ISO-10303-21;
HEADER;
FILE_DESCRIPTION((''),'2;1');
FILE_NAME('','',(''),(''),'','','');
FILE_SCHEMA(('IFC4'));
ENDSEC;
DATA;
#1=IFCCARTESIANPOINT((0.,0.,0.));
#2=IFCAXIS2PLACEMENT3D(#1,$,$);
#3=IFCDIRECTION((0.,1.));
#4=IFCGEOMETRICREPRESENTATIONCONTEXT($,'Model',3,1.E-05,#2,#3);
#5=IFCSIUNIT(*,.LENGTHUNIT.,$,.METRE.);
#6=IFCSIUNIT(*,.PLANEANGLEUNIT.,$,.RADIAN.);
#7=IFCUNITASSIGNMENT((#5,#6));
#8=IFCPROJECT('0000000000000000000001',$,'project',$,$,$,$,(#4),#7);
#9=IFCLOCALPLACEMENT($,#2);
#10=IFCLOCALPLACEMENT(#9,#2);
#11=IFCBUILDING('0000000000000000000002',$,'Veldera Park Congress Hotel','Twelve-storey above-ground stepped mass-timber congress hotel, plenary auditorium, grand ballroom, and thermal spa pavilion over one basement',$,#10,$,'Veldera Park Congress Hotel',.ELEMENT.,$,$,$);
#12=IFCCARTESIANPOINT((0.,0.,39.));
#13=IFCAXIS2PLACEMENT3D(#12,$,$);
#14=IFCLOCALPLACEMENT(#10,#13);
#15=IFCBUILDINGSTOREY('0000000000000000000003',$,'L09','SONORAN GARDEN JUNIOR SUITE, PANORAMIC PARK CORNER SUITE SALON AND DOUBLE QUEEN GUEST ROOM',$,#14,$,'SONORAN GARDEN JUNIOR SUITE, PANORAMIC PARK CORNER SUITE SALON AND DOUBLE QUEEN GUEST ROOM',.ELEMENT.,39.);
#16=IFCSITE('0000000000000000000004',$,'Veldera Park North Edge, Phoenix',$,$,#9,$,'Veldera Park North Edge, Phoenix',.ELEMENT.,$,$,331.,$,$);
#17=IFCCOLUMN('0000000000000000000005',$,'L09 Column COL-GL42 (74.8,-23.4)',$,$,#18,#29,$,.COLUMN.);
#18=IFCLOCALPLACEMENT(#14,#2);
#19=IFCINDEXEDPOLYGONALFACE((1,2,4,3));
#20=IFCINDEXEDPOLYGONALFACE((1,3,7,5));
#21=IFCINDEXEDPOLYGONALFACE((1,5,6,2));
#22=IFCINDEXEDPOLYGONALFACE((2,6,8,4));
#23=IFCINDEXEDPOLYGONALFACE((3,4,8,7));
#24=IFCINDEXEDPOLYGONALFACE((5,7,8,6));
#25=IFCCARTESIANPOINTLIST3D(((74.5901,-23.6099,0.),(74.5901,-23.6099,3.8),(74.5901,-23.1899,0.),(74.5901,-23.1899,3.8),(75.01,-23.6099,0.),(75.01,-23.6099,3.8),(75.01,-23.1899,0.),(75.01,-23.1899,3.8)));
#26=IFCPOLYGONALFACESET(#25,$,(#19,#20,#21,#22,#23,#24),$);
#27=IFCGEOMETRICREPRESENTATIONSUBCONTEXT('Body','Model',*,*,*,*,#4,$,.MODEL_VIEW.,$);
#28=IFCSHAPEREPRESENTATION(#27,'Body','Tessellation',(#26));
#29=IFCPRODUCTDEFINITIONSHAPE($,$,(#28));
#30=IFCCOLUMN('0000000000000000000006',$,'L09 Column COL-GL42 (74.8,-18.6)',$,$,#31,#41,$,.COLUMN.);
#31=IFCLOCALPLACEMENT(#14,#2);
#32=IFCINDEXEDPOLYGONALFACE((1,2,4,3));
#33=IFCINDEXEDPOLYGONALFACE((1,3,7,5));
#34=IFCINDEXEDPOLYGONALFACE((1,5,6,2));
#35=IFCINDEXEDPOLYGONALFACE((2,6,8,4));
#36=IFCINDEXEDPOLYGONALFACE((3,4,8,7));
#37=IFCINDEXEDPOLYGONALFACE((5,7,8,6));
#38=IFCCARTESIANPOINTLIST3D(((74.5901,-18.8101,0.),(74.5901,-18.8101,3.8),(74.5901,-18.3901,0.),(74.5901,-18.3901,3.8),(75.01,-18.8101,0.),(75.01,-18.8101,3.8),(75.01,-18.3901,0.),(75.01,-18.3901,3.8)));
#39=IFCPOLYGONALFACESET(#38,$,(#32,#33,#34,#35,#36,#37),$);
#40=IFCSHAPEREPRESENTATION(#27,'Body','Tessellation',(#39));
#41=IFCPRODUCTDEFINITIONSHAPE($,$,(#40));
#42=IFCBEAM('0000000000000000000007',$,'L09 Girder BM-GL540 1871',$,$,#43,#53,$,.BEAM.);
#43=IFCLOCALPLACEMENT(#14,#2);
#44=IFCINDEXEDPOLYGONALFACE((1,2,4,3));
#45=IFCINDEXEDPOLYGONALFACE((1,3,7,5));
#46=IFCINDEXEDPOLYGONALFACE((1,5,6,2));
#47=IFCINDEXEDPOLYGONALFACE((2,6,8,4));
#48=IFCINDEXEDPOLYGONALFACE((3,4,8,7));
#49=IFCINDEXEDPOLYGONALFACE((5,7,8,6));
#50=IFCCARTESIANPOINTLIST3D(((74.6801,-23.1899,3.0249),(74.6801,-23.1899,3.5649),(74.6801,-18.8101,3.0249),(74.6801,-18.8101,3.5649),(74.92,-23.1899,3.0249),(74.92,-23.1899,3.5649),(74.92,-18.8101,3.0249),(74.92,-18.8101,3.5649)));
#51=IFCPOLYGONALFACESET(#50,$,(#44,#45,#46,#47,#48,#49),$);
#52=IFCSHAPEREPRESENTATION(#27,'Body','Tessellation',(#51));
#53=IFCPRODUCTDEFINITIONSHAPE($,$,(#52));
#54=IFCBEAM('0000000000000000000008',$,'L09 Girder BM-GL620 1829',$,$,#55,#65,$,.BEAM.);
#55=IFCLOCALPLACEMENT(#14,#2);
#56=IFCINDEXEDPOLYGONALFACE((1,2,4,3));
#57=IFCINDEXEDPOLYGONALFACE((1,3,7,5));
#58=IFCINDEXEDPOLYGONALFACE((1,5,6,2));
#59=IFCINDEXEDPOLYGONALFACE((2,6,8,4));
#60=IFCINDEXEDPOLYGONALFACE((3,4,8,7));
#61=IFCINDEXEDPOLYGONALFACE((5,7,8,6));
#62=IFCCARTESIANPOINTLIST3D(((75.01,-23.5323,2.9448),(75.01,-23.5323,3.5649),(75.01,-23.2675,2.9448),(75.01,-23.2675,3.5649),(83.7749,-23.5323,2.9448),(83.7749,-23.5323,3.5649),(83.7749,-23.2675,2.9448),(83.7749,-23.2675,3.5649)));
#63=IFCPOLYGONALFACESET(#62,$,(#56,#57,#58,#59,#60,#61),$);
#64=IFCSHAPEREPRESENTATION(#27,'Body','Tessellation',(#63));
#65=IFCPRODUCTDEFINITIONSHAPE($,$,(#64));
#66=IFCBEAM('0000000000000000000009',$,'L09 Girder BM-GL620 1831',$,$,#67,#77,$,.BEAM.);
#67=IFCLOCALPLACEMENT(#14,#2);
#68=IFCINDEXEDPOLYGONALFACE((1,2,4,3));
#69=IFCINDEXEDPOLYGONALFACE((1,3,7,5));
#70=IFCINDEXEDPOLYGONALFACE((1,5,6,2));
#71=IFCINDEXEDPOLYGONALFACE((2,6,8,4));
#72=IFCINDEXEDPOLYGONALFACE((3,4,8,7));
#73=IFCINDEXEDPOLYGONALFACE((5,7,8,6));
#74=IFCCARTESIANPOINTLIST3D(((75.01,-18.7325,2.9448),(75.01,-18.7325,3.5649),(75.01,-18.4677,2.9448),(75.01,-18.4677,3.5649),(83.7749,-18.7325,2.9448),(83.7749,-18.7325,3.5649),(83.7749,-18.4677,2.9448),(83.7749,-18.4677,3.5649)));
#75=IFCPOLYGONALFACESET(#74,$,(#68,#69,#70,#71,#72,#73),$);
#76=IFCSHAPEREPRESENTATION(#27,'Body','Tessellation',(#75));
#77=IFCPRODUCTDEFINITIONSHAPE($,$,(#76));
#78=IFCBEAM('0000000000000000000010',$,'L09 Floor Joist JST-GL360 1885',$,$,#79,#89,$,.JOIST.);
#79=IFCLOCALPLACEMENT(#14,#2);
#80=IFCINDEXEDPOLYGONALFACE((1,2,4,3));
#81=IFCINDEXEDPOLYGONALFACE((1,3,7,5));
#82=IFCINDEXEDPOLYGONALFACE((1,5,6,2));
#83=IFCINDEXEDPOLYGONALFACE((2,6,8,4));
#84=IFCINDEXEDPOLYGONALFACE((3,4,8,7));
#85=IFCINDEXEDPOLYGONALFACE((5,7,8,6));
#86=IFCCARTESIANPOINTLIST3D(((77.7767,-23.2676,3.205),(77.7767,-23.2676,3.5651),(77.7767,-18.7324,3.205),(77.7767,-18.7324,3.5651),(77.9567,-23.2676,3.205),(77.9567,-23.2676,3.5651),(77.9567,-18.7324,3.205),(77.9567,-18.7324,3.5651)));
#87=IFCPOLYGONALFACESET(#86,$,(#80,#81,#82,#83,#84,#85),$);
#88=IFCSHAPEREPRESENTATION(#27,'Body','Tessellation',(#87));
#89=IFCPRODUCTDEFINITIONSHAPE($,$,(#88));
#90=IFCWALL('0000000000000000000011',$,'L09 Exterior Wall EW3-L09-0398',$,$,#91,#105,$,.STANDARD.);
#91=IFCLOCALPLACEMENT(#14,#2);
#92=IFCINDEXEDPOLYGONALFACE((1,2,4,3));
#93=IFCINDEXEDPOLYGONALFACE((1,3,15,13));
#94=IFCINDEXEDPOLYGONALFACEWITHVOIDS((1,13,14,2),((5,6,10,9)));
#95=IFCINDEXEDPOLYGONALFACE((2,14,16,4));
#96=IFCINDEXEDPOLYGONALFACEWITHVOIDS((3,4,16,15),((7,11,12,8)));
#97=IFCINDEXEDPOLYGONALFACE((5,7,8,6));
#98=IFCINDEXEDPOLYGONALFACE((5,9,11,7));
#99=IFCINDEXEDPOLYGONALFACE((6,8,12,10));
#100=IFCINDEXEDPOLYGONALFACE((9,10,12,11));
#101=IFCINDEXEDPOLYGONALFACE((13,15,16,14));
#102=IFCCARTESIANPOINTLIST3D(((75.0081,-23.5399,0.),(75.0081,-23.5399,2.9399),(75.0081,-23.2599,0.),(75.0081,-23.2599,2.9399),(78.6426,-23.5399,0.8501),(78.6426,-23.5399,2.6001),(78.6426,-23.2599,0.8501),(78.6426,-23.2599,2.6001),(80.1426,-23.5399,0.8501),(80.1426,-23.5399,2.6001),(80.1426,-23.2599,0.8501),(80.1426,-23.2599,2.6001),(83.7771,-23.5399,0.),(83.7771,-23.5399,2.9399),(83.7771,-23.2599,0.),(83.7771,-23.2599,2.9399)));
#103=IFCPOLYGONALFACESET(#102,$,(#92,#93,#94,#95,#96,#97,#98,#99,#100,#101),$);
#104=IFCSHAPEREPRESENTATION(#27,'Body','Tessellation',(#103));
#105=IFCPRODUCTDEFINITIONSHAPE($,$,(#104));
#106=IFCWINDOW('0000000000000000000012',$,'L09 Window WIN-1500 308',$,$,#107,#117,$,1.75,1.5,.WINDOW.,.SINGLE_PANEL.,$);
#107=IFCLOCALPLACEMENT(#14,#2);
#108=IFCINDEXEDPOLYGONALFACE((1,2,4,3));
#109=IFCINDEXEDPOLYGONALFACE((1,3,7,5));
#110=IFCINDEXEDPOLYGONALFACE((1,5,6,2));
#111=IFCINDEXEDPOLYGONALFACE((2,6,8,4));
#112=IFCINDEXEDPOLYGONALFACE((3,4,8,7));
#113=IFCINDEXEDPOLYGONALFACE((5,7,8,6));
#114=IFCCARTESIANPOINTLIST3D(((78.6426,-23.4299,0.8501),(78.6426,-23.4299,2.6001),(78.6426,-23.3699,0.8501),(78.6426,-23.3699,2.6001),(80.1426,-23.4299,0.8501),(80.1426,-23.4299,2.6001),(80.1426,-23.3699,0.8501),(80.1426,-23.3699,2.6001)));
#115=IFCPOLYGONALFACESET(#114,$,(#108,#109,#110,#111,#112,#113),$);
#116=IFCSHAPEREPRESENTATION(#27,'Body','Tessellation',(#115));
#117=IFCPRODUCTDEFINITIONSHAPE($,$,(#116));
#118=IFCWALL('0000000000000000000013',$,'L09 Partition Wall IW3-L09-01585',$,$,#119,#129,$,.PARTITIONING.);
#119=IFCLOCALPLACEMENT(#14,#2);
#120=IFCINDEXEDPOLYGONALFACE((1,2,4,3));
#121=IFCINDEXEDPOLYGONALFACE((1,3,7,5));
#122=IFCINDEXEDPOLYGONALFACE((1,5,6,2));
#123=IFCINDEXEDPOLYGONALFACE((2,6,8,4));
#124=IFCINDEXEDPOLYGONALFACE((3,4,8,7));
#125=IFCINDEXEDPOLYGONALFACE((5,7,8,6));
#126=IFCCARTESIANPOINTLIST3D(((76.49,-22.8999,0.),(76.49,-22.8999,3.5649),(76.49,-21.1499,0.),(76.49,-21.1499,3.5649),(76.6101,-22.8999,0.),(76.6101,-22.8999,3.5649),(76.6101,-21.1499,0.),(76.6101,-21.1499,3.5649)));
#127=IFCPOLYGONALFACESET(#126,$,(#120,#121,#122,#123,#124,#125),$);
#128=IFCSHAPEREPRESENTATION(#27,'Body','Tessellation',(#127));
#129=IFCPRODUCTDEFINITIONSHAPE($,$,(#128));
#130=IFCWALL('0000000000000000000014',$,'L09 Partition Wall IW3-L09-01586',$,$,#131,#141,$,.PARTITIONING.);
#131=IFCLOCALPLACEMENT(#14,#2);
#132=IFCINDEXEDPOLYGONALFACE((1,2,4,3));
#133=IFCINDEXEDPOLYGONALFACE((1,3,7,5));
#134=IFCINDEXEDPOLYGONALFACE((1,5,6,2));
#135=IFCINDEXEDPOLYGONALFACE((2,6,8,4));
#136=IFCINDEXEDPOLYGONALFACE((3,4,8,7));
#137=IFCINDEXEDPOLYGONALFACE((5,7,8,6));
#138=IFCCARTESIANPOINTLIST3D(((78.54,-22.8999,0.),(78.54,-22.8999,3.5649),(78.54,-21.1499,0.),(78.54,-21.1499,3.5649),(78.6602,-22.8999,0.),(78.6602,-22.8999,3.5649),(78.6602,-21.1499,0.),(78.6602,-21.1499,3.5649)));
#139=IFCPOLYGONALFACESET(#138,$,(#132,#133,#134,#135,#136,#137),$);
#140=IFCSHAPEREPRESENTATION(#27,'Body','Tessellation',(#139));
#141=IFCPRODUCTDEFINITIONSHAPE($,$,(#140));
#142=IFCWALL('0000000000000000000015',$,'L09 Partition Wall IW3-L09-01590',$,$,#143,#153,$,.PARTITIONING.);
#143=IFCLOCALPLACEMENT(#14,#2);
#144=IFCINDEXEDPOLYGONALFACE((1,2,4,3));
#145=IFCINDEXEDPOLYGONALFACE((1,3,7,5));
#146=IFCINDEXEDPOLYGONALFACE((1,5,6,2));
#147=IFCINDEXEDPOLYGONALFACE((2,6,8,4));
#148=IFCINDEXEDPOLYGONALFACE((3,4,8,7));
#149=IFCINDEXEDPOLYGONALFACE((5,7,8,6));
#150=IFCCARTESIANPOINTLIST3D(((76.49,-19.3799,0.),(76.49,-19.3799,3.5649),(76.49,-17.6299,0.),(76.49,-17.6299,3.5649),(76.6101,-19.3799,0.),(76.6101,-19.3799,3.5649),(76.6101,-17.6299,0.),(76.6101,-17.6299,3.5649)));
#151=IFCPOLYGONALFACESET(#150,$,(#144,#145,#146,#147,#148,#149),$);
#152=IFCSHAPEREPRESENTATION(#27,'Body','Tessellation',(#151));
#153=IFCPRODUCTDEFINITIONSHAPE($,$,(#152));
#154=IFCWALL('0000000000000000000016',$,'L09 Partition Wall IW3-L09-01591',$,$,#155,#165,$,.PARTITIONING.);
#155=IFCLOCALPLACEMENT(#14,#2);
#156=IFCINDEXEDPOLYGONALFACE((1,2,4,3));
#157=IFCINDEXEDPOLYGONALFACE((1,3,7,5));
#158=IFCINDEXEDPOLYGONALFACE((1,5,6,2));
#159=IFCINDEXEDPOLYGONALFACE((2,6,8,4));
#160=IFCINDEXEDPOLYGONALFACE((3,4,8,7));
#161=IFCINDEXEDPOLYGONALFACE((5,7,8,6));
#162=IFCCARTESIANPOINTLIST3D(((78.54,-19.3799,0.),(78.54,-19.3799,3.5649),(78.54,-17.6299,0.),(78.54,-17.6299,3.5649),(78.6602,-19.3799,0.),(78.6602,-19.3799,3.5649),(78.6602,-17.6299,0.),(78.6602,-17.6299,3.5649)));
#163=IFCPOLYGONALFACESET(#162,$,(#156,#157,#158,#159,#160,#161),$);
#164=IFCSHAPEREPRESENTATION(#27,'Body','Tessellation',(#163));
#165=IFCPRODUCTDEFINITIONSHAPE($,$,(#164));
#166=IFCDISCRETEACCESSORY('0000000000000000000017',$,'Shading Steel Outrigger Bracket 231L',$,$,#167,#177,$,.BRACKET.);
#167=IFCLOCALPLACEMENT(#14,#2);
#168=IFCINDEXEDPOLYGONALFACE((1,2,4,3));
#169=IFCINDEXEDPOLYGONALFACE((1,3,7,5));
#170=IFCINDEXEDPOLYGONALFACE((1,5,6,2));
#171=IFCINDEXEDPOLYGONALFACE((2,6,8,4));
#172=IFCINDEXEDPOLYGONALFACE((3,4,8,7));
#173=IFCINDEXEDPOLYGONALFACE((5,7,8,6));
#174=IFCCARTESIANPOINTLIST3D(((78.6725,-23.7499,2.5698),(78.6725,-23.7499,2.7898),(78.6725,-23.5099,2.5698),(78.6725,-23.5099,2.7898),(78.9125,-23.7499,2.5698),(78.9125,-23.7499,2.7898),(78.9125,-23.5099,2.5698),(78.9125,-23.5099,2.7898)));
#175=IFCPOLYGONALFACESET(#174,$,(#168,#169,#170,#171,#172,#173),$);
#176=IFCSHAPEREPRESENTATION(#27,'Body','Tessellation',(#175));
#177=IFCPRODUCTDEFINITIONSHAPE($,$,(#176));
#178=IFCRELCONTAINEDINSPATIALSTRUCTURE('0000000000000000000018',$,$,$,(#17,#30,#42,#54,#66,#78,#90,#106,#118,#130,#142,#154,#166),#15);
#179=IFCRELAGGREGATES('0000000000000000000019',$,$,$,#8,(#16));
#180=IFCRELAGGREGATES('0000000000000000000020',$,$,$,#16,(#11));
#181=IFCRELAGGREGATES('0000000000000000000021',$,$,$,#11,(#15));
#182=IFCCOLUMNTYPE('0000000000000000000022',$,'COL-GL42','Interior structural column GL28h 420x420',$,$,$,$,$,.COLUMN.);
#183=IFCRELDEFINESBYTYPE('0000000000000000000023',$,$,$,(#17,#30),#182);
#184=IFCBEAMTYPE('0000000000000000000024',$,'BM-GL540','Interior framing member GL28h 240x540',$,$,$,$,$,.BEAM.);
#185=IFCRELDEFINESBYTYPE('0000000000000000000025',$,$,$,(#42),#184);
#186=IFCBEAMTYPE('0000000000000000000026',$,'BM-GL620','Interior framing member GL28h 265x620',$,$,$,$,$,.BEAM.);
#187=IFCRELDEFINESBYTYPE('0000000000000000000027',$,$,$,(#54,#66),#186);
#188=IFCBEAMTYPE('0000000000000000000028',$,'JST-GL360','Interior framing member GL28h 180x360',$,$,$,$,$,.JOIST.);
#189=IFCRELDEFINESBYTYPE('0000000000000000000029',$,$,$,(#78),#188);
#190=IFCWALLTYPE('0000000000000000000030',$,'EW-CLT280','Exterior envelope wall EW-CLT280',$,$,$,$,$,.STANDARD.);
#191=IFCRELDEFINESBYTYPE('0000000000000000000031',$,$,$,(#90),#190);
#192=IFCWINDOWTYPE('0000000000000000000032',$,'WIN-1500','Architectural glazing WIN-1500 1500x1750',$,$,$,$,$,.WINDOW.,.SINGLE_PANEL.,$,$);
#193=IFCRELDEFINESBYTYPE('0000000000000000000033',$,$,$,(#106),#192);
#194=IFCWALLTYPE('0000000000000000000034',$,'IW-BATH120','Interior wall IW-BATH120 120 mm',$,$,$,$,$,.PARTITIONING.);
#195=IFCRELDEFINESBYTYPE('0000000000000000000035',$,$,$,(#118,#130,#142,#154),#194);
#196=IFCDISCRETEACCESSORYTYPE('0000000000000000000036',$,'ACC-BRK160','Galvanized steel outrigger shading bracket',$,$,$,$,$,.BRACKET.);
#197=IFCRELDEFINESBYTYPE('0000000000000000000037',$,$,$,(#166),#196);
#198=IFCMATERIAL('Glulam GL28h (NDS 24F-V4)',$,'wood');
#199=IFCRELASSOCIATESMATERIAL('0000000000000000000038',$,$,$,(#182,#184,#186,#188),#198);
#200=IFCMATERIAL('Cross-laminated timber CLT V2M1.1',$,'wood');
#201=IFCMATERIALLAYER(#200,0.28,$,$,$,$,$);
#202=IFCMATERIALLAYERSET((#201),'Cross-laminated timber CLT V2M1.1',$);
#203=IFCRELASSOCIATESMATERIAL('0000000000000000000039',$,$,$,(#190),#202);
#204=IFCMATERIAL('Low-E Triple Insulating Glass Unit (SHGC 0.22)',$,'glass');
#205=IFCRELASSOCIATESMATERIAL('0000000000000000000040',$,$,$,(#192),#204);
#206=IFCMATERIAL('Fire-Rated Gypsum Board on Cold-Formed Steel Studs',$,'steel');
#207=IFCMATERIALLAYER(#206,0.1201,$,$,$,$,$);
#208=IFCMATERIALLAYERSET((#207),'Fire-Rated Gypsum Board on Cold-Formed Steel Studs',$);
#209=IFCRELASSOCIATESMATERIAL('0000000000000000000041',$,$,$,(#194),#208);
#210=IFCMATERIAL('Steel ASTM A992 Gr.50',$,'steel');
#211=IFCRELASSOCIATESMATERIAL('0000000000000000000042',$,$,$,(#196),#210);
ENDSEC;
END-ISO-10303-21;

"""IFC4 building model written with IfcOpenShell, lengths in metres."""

from ifc_helpers import new_model, si_unit, direction, frame, frame_2d, origin, origin_2d, place, context, subcontext, project, spatial, rectangle, extrude, material, layer, layer_set, material_profile, profile_set, type_object, element, fill, save


model = new_model("IFC4")

# Units and contexts
model_context = context("Model", 3, precision=1e-05, world=origin(), true_north=direction((0.0, 1.0)))
body_context = subcontext(model_context, "Body", "Model", "MODEL_VIEW")
ifc_project = project(units=[si_unit("LENGTHUNIT", "METRE"), si_unit("PLANEANGLEUNIT", "RADIAN")], contexts=[model_context])

# Site, building, storey
site_placement = place(None, origin())
site = spatial("IfcSite", under=ifc_project, at=site_placement, Name="Veldera Park North Edge, Phoenix", LongName="Veldera Park North Edge, Phoenix", CompositionType="ELEMENT", RefElevation=331.0)
building_placement = place(site_placement, origin())
building = spatial("IfcBuilding", under=site, at=building_placement, Name="Veldera Park Congress Hotel", Description="Twelve-storey above-ground stepped mass-timber congress hotel, plenary auditorium, grand ballroom, and thermal spa pavilion over one basement", LongName="Veldera Park Congress Hotel", CompositionType="ELEMENT")
storey_placement = place(building_placement, frame((0.0, 0.0, 39.0)))
storey = spatial("IfcBuildingStorey", under=building, at=storey_placement, Name="L09", Description="SONORAN GARDEN JUNIOR SUITE, PANORAMIC PARK CORNER SUITE SALON AND DOUBLE QUEEN GUEST ROOM", LongName="SONORAN GARDEN JUNIOR SUITE, PANORAMIC PARK CORNER SUITE SALON AND DOUBLE QUEEN GUEST ROOM", CompositionType="ELEMENT", Elevation=39.0)

# Columns
ifc_material_1 = material(Name="Glulam GL28h (NDS 24F-V4)", Category="wood")
ifc_material_profile_1 = material_profile(ifc_material_1, rectangle(XDim=0.4199, YDim=0.4199, at=origin_2d()), Name="GL28h 420x420")
ifc_profile_set_1 = profile_set([ifc_material_profile_1], Name="Glulam GL28h (NDS 24F-V4)")
column_type = type_object("IfcColumnType", Name="COL-GL42", Description="Interior structural column GL28h 420x420", PredefinedType="COLUMN", material=ifc_profile_set_1)
for number, where, z_axis, x_axis, name in (
    (1, (74.8, -23.3999, 0.0), (0.0, 0.0, 1.0), (1.0, 0.0, 0.0), "L09 Column COL-GL42 (74.8,-23.4)"),
    (2, (74.8, -18.6001, 0.0), (0.0, 0.0, 1.0), (1.0, 0.0, 0.0), "L09 Column COL-GL42 (74.8,-18.6)"),
):
    element("IfcColumn", number, at=place(storey_placement, frame(where, z_axis=z_axis, x_axis=x_axis)), inside=storey, type_object=column_type, Name=name, PredefinedType="COLUMN", context=body_context, shape_type="SweptSolid", body=[
        extrude(rectangle(XDim=0.4199, YDim=0.4199, at=origin_2d()), origin(), (0.0, 0.0, 1.0), 3.8),
    ])

# Beams
ifc_material_profile_2 = material_profile(ifc_material_1, rectangle(XDim=0.24, YDim=0.54, at=origin_2d()), Name="GL28h 240x540")
ifc_profile_set_2 = profile_set([ifc_material_profile_2], Name="Glulam GL28h (NDS 24F-V4)")
beam_type_1 = type_object("IfcBeamType", Name="BM-GL540", Description="Interior framing member GL28h 240x540", PredefinedType="BEAM", material=ifc_profile_set_2)
beam_1_placement = place(storey_placement, frame((74.8, -23.1899, 3.2949), z_axis=(0.0, 1.0, 0.0), x_axis=(-1.0, 0.0, 0.0)))
element("IfcBeam", 3, at=beam_1_placement, inside=storey, type_object=beam_type_1, Name="L09 Girder BM-GL540 1871", PredefinedType="BEAM", context=body_context, shape_type="SweptSolid", body=[
    extrude(rectangle(XDim=0.24, YDim=0.54, at=origin_2d()), origin(), (0.0, 0.0, 1.0), 4.3799),
])
ifc_material_profile_3 = material_profile(ifc_material_1, rectangle(XDim=0.2649, YDim=0.6201, at=origin_2d()), Name="GL28h 265x620")
ifc_profile_set_3 = profile_set([ifc_material_profile_3], Name="Glulam GL28h (NDS 24F-V4)")
beam_type_2 = type_object("IfcBeamType", Name="BM-GL620", Description="Interior framing member GL28h 265x620", PredefinedType="BEAM", material=ifc_profile_set_3)
for number, where, z_axis, x_axis, name in (
    (4, (75.01, -23.3999, 3.2549), (1.0, 0.0, 0.0), (0.0, 1.0, 0.0), "L09 Girder BM-GL620 1829"),
    (5, (75.01, -18.6001, 3.2549), (1.0, 0.0, 0.0), (0.0, 1.0, 0.0), "L09 Girder BM-GL620 1831"),
):
    element("IfcBeam", number, at=place(storey_placement, frame(where, z_axis=z_axis, x_axis=x_axis)), inside=storey, type_object=beam_type_2, Name=name, PredefinedType="BEAM", context=body_context, shape_type="SweptSolid", body=[
        extrude(rectangle(XDim=0.2649, YDim=0.6201, at=origin_2d()), origin(), (0.0, 0.0, 1.0), 8.7649),
    ])
ifc_material_profile_4 = material_profile(ifc_material_1, rectangle(XDim=0.1799, YDim=0.3601, at=origin_2d()), Name="GL28h 180x360")
ifc_profile_set_4 = profile_set([ifc_material_profile_4], Name="Glulam GL28h (NDS 24F-V4)")
beam_type_3 = type_object("IfcBeamType", Name="JST-GL360", Description="Interior framing member GL28h 180x360", PredefinedType="JOIST", material=ifc_profile_set_4)
beam_2_placement = place(storey_placement, frame((77.8667, -23.2676, 3.385), z_axis=(0.0, 1.0, 0.0), x_axis=(-1.0, 0.0, 0.0)))
element("IfcBeam", 6, at=beam_2_placement, inside=storey, type_object=beam_type_3, Name="L09 Floor Joist JST-GL360 1885", PredefinedType="JOIST", context=body_context, shape_type="SweptSolid", body=[
    extrude(rectangle(XDim=0.1799, YDim=0.3601, at=origin_2d()), origin(), (0.0, 0.0, 1.0), 4.5352),
])

# Wall, opening, window
ifc_material_2 = material(Name="Cross-laminated timber CLT V2M1.1", Category="wood")
ifc_layer_1 = layer(ifc_material_2, 0.28)
ifc_layer_set_1 = layer_set([ifc_layer_1], Name="Cross-laminated timber CLT V2M1.1")
wall_type_1 = type_object("IfcWallType", Name="EW-CLT280", Description="Exterior envelope wall EW-CLT280", PredefinedType="STANDARD", material=ifc_layer_set_1)
wall_1_placement = place(storey_placement, frame((75.0081, -23.3999, 0.0), z_axis=(0.0, 0.0, 1.0), x_axis=(1.0, 0.0, 0.0)))
wall_1 = element("IfcWall", 7, at=wall_1_placement, inside=storey, type_object=wall_type_1, Name="L09 Exterior Wall EW3-L09-0398", PredefinedType="STANDARD", context=body_context, shape_type="SweptSolid", body=[
    extrude(rectangle(XDim=8.769, YDim=0.28, at=frame_2d((4.3845, 0.0))), origin(), (0.0, 0.0, 1.0), 2.9399),
])
opening_1_placement = place(wall_1_placement, frame((3.6345, 0.0, 0.8501)))
opening_1 = element("IfcOpeningElement", 8, at=opening_1_placement, cuts=wall_1, PredefinedType="OPENING", context=body_context, shape_type="SweptSolid", body=[
    extrude(rectangle(XDim=1.5, YDim=1.75, at=frame_2d((0.75, 0.875))), frame((0.0, 0.1521, 0.0), z_axis=(0.0, -1.0, 0.0), x_axis=(1.0, 0.0, 0.0)), (0.0, 0.0, 1.0), 0.304),
])
ifc_material_3 = material(Name="Low-E Triple Insulating Glass Unit (SHGC 0.22)", Category="glass")
window_type = type_object("IfcWindowType", Name="WIN-1500", Description="Architectural glazing WIN-1500 1500x1750", PartitioningType="SINGLE_PANEL", PredefinedType="WINDOW", material=ifc_material_3)
window_placement = place(opening_1_placement, origin())
window = element("IfcWindow", 9, at=window_placement, inside=storey, type_object=window_type, Name="L09 Window WIN-1500 308", OverallHeight=1.75, OverallWidth=1.5, PartitioningType="SINGLE_PANEL", PredefinedType="WINDOW", context=body_context, shape_type="SweptSolid", body=[
    extrude(rectangle(XDim=1.5, YDim=1.75, at=frame_2d((0.75, 0.875))), frame((0.0, 0.03, 0.0), z_axis=(0.0, -1.0, 0.0), x_axis=(1.0, 0.0, 0.0)), (0.0, 0.0, 1.0), 0.0601),
])
fill(opening_1, window)

# Walls
ifc_material_4 = material(Name="Fire-Rated Gypsum Board on Cold-Formed Steel Studs", Category="steel")
ifc_layer_2 = layer(ifc_material_4, 0.1201)
ifc_layer_set_2 = layer_set([ifc_layer_2], Name="Fire-Rated Gypsum Board on Cold-Formed Steel Studs")
wall_type_2 = type_object("IfcWallType", Name="IW-BATH120", Description="Interior wall IW-BATH120 120 mm", PredefinedType="PARTITIONING", material=ifc_layer_set_2)
for number, where, z_axis, x_axis, name in (
    (10, (76.55, -22.8999, 0.0), (0.0, 0.0, 1.0), (0.0, 1.0, 0.0), "L09 Partition Wall IW3-L09-01585"),
    (11, (78.6001, -22.8999, 0.0), (0.0, 0.0, 1.0), (0.0, 1.0, 0.0), "L09 Partition Wall IW3-L09-01586"),
):
    element("IfcWall", number, at=place(storey_placement, frame(where, z_axis=z_axis, x_axis=x_axis)), inside=storey, type_object=wall_type_2, Name=name, PredefinedType="PARTITIONING", context=body_context, shape_type="SweptSolid", body=[
        extrude(rectangle(XDim=1.75, YDim=0.1201, at=frame_2d((0.875, 0.0))), origin(), (0.0, 0.0, 1.0), 3.5649),
    ])

# Walls
for number, where, z_axis, x_axis, name in (
    (12, (76.55, -19.3799, 0.0), (0.0, 0.0, 1.0), (0.0, 1.0, 0.0), "L09 Partition Wall IW3-L09-01590"),
    (13, (78.6001, -19.3799, 0.0), (0.0, 0.0, 1.0), (0.0, 1.0, 0.0), "L09 Partition Wall IW3-L09-01591"),
):
    element("IfcWall", number, at=place(storey_placement, frame(where, z_axis=z_axis, x_axis=x_axis)), inside=storey, type_object=wall_type_2, Name=name, PredefinedType="PARTITIONING", context=body_context, shape_type="SweptSolid", body=[
        extrude(rectangle(XDim=1.75, YDim=0.1201, at=frame_2d((0.875, 0.0))), origin(), (0.0, 0.0, 1.0), 3.5649),
    ])

# Discrete accessory
ifc_material_5 = material(Name="Steel ASTM A992 Gr.50", Category="steel")
discrete_accessory_type = type_object("IfcDiscreteAccessoryType", Name="ACC-BRK160", Description="Galvanized steel outrigger shading bracket", PredefinedType="BRACKET", material=ifc_material_5)
discrete_accessory_placement = place(storey_placement, frame((78.7925, -23.6299, 2.5698), z_axis=(0.0, 0.0, 1.0), x_axis=(1.0, 0.0, 0.0)))
element("IfcDiscreteAccessory", 14, at=discrete_accessory_placement, inside=storey, type_object=discrete_accessory_type, Name="Shading Steel Outrigger Bracket 231L", PredefinedType="BRACKET", context=body_context, shape_type="SweptSolid", body=[
    extrude(rectangle(XDim=0.24, YDim=0.24, at=origin_2d()), origin(), (0.0, 0.0, 1.0), 0.22),
])

save(model, "model.ifc")
